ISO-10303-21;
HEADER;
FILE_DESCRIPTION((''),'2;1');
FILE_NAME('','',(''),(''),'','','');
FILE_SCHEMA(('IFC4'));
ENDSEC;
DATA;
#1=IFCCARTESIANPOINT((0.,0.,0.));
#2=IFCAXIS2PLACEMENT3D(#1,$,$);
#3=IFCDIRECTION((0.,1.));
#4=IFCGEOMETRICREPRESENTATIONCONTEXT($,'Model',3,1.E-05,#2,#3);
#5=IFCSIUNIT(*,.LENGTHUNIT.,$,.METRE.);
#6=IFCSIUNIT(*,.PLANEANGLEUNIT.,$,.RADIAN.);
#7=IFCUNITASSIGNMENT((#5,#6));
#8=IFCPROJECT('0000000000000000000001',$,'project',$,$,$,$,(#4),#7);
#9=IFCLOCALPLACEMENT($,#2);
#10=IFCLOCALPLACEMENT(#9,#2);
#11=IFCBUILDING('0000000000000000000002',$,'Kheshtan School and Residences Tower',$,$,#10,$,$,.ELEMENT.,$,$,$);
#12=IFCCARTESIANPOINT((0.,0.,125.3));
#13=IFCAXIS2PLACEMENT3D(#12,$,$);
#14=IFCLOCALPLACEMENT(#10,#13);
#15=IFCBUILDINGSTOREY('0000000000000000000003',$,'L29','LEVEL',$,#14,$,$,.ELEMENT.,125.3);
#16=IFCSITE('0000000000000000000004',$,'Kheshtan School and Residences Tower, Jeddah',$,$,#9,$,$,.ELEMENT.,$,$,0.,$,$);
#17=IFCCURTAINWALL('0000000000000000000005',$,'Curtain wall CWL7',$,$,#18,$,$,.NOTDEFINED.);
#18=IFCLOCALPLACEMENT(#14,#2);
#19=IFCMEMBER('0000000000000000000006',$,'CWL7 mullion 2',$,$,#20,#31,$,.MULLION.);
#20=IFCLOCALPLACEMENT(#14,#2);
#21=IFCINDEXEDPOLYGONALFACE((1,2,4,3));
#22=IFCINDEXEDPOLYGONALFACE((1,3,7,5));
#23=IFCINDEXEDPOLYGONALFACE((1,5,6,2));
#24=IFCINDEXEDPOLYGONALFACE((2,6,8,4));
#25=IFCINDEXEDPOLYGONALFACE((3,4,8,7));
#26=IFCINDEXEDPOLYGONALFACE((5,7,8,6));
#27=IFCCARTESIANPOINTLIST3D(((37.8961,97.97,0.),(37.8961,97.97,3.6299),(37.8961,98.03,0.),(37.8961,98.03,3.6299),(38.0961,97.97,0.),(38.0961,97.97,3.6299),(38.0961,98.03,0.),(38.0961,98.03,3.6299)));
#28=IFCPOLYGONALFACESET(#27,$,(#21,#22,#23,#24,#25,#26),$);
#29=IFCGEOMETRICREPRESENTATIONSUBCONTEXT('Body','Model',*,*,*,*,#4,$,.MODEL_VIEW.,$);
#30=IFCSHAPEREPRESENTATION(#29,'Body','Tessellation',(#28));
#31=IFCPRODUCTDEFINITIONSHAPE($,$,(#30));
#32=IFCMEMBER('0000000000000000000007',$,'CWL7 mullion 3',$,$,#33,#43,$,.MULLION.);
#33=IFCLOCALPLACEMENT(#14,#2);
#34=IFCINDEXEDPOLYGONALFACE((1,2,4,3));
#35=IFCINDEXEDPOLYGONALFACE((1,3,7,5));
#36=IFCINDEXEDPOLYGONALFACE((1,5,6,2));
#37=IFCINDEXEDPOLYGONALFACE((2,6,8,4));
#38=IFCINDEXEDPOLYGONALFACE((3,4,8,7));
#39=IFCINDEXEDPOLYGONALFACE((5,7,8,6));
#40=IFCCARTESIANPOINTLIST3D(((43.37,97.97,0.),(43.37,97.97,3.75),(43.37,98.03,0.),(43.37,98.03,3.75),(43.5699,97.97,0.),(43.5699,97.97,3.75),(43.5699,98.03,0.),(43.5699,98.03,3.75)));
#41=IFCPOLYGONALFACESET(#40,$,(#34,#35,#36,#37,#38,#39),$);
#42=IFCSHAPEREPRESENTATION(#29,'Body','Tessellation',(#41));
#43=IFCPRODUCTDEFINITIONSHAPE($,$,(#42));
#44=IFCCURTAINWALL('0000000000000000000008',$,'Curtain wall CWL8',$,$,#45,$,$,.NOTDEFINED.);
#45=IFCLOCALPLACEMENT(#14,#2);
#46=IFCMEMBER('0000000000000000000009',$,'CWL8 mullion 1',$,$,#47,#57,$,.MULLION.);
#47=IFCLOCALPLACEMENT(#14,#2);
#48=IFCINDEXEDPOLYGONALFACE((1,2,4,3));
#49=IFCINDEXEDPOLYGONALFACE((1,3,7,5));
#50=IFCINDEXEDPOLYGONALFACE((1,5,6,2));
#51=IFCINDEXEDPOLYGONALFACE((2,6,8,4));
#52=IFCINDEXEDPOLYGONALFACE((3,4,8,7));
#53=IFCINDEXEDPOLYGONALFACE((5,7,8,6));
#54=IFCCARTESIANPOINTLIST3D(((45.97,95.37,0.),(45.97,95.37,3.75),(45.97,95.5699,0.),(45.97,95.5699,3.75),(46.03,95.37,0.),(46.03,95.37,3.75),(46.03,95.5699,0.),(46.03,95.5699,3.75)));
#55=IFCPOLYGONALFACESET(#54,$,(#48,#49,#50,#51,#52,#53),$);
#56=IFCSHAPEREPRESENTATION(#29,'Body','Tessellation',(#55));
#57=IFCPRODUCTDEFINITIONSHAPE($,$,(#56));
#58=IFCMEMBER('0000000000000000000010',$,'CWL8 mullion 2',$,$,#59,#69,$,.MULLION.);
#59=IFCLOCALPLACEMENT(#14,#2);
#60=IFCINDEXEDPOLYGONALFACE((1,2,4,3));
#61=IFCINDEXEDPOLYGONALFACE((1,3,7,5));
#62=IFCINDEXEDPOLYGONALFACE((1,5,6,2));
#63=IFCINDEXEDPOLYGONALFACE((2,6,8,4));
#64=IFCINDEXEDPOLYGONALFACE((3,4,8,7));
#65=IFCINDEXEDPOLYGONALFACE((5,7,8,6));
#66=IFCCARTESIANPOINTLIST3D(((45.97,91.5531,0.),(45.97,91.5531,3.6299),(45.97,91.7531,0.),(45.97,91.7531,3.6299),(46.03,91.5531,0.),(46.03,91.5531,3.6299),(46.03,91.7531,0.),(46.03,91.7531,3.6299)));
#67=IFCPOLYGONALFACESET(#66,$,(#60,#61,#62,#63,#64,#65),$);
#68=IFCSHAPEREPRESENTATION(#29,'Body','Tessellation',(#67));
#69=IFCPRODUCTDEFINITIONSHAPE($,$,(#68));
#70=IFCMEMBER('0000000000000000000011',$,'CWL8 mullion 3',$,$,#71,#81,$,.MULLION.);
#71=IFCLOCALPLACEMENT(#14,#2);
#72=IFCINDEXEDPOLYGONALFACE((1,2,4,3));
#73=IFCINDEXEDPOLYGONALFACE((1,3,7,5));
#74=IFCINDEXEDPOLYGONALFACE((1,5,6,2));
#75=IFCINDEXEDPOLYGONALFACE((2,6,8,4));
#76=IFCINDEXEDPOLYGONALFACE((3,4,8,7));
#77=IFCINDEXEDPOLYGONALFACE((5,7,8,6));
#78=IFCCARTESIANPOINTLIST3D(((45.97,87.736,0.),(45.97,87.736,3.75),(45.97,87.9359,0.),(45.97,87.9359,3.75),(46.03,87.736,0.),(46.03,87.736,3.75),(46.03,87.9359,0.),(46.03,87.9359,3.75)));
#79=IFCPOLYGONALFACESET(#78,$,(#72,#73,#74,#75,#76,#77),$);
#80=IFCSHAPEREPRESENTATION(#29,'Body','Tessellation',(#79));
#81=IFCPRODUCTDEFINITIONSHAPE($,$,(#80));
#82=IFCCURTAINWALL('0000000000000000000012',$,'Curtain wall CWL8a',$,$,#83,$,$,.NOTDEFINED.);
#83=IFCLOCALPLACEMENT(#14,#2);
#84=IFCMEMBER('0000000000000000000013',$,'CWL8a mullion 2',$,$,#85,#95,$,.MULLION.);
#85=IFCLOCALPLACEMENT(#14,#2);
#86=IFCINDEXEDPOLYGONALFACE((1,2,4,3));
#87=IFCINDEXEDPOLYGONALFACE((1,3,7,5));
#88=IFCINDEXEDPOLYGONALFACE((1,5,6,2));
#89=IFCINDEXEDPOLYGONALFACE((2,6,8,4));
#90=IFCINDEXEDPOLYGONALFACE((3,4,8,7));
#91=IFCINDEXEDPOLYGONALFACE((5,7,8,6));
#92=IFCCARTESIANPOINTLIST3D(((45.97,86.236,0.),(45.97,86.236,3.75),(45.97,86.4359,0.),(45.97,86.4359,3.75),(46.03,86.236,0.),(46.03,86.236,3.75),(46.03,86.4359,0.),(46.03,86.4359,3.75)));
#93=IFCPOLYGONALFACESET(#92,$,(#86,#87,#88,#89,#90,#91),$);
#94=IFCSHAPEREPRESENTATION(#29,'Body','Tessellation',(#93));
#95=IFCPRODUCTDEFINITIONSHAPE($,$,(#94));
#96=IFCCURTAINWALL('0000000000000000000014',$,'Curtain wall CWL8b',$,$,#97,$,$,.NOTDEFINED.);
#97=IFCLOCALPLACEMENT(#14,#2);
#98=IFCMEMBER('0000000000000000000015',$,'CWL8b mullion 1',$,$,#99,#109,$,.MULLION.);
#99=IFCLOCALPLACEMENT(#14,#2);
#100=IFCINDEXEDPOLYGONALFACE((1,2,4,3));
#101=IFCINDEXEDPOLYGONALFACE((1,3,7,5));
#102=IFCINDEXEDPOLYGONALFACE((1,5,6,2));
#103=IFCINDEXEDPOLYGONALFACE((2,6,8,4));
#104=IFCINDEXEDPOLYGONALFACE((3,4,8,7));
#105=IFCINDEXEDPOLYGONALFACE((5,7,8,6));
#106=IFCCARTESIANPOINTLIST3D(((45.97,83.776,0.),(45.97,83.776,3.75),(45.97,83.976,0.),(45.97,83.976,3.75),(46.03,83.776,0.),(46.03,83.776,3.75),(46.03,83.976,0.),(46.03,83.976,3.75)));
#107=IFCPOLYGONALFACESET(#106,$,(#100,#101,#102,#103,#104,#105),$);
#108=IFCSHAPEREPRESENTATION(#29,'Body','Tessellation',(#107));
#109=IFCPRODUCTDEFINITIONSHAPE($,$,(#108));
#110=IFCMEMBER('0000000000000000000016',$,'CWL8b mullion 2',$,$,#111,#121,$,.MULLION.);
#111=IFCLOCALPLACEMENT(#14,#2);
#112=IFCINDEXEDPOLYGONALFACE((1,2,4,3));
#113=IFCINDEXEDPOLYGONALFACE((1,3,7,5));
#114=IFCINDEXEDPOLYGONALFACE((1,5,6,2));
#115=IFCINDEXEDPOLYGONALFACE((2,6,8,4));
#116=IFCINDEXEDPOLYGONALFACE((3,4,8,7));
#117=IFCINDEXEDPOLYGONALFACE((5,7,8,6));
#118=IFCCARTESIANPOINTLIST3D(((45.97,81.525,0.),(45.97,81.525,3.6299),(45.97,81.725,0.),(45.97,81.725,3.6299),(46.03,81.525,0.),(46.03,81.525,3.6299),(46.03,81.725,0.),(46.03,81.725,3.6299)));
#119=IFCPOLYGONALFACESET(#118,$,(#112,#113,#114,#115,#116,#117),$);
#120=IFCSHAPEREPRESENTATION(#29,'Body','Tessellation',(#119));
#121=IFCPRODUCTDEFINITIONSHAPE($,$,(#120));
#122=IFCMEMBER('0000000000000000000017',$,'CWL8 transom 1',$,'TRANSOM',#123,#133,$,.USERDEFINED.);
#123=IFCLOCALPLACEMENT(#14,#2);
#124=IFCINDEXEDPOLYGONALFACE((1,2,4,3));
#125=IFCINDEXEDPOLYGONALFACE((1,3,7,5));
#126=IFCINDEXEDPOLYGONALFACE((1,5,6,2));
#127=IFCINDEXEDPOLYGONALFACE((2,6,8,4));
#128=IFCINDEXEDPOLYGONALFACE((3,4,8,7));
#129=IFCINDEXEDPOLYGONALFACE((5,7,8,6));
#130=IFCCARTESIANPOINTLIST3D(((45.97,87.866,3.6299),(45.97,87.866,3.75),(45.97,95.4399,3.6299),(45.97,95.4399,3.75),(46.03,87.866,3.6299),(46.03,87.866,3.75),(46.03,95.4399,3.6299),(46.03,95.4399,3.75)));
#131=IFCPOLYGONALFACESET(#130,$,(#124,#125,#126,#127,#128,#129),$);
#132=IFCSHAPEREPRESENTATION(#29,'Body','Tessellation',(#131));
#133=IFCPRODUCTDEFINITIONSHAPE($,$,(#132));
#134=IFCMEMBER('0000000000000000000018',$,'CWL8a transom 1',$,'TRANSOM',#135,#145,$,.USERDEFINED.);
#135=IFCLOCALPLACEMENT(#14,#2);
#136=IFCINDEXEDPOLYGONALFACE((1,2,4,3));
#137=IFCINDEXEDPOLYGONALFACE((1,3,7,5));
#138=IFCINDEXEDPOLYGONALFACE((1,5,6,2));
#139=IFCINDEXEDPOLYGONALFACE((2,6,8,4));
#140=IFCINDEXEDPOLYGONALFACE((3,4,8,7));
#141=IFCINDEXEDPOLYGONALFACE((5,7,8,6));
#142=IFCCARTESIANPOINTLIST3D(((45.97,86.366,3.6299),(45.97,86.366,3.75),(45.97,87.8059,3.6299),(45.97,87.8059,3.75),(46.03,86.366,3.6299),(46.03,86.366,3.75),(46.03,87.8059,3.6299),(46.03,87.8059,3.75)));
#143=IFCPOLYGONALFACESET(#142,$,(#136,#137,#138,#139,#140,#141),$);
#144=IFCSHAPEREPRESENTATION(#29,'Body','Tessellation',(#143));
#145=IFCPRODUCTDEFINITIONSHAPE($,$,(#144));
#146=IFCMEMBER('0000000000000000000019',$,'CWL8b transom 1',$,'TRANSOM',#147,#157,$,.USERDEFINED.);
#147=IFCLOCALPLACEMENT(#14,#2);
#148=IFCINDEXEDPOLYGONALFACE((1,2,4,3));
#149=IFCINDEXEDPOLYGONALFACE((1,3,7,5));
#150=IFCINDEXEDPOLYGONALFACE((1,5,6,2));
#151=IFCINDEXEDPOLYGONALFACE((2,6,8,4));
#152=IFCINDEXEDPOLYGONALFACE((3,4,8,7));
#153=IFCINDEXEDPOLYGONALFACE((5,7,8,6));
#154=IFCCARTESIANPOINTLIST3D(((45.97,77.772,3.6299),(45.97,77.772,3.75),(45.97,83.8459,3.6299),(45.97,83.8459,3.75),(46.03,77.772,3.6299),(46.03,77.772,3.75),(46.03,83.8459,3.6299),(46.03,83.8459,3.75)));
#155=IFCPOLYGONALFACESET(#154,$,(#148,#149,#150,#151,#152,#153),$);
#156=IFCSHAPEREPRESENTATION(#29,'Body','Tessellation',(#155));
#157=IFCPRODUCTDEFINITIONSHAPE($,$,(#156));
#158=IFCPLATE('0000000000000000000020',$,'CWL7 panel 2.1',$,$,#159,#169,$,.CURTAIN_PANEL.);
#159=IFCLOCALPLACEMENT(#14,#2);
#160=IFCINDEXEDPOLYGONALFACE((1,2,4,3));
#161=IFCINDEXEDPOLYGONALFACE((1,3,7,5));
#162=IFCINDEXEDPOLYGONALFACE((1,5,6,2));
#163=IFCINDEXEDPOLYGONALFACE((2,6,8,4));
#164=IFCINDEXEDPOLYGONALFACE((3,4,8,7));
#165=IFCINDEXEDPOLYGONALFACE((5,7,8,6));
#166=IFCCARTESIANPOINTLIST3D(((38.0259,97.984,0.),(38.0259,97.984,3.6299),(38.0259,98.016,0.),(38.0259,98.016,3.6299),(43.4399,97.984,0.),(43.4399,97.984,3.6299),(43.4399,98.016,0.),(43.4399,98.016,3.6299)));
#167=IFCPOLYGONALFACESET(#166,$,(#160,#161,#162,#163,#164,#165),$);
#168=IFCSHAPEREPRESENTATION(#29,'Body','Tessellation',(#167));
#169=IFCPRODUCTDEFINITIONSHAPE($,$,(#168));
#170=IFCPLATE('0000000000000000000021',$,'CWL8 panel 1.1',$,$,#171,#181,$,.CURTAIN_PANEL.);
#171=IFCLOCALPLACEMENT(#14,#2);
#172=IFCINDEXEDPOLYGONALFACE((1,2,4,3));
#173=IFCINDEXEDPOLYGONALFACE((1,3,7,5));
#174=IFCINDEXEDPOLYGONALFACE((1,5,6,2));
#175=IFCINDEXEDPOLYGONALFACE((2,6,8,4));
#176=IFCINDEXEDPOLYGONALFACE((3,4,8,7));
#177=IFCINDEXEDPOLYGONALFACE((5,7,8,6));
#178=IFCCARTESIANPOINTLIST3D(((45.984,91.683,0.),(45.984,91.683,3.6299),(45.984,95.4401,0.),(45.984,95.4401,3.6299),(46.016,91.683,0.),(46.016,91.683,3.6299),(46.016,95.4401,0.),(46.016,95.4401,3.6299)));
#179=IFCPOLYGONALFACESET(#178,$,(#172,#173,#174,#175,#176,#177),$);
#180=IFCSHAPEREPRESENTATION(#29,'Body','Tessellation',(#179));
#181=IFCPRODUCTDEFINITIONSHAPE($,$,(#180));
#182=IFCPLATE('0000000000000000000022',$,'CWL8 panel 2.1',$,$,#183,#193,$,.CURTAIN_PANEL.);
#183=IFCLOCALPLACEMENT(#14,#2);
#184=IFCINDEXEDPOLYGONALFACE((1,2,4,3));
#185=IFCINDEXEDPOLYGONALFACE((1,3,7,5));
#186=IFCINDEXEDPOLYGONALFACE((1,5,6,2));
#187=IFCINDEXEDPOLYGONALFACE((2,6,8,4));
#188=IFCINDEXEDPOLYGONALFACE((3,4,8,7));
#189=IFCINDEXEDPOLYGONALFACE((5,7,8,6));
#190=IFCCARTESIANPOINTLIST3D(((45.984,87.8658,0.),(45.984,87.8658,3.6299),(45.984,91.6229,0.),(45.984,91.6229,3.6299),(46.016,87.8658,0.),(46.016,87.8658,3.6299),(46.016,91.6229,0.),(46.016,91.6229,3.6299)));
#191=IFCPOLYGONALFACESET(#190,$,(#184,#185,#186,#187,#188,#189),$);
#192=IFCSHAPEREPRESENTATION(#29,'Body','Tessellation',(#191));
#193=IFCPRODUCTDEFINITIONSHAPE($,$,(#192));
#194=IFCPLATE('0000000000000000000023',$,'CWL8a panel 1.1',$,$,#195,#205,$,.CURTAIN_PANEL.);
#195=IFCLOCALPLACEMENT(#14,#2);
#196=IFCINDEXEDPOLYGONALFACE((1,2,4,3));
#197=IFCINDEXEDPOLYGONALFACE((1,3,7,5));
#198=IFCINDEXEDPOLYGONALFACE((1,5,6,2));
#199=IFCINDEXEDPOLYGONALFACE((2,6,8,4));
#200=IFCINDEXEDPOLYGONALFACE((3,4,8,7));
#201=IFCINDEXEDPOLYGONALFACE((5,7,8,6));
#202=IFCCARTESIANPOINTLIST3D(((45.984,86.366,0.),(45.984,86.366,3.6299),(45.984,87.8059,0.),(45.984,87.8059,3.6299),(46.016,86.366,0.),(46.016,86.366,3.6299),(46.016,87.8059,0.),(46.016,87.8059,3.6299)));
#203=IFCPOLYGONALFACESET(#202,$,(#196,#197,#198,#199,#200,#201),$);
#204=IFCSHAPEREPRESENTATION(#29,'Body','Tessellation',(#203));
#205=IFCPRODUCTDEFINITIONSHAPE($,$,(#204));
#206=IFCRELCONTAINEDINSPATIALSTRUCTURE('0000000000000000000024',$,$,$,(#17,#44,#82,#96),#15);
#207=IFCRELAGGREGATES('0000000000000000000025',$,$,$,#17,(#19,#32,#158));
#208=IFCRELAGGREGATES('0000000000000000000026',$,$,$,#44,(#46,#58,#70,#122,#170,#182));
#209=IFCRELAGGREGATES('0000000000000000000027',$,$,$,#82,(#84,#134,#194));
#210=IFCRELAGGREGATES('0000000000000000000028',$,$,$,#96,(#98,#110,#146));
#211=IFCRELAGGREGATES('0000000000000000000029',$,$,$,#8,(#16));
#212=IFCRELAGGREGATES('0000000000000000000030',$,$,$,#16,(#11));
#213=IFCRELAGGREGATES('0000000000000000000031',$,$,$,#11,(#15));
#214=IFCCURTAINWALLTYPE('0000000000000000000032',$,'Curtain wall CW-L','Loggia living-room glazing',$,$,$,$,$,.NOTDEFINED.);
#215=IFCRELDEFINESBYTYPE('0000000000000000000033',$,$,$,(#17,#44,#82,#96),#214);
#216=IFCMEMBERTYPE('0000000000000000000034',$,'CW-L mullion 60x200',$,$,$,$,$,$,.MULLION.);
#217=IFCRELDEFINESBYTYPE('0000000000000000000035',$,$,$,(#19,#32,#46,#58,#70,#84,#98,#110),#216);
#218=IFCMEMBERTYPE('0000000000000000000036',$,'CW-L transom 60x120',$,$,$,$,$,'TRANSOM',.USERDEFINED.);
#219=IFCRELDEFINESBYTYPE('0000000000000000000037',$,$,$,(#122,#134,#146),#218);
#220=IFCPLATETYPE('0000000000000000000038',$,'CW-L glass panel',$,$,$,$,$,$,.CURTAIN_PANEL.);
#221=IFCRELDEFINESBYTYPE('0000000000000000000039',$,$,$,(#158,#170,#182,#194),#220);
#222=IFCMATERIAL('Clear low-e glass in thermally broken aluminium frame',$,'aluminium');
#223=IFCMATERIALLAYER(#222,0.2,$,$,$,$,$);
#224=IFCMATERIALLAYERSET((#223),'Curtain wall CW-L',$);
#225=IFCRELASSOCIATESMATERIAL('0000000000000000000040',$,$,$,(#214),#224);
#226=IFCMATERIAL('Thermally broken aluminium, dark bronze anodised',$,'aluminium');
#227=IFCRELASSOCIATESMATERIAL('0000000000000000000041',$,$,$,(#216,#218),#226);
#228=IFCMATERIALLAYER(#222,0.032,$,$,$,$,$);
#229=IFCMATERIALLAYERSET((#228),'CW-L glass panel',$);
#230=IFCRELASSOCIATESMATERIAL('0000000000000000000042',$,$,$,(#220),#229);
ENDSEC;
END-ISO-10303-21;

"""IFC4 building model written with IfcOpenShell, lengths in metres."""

from ifc_helpers import new_model, si_unit, direction, frame, origin, origin_2d, place, context, subcontext, project, spatial, rectangle, extrude, material, layer, layer_set, material_profile, profile_set, type_object, element, aggregate, save


model = new_model("IFC4")

# Units and contexts
model_context = context("Model", 3, precision=1e-05, world=origin(), true_north=direction((0.0, 1.0)))
body_context = subcontext(model_context, "Body", "Model", "MODEL_VIEW")
ifc_project = project(units=[si_unit("LENGTHUNIT", "METRE"), si_unit("PLANEANGLEUNIT", "RADIAN")], contexts=[model_context])

# Site, building, storey
site_placement = place(None, origin())
site = spatial("IfcSite", under=ifc_project, at=site_placement, Name="Kheshtan School and Residences Tower, Jeddah", CompositionType="ELEMENT", RefElevation=0.0)
building_placement = place(site_placement, origin())
building = spatial("IfcBuilding", under=site, at=building_placement, Name="Kheshtan School and Residences Tower", CompositionType="ELEMENT")
storey_placement = place(building_placement, frame((0.0, 0.0, 125.3)))
storey = spatial("IfcBuildingStorey", under=building, at=storey_placement, Name="L29", Description="LEVEL", CompositionType="ELEMENT", Elevation=125.3)

# Curtain walls, members
ifc_material_1 = material(Name="Clear low-e glass in thermally broken aluminium frame", Category="aluminium")
ifc_layer_1 = layer(ifc_material_1, 0.2)
ifc_layer_set_1 = layer_set([ifc_layer_1], Name="Curtain wall CW-L")
curtain_wall_type = type_object("IfcCurtainWallType", Name="Curtain wall CW-L", Description="Loggia living-room glazing", PredefinedType="NOTDEFINED", material=ifc_layer_set_1)
curtain_wall_1_placement = place(storey_placement, origin())
curtain_wall_1 = element("IfcCurtainWall", 1, at=curtain_wall_1_placement, inside=storey, type_object=curtain_wall_type, Name="Curtain wall CWL7", PredefinedType="NOTDEFINED")
ifc_material_2 = material(Name="Thermally broken aluminium, dark bronze anodised", Category="aluminium")
ifc_material_profile_1 = material_profile(ifc_material_2, rectangle(XDim=0.0601, YDim=0.2, at=origin_2d()), Name="CW-L mullion 60x200")
ifc_profile_set_1 = profile_set([ifc_material_profile_1], Name="Thermally broken aluminium, dark bronze anodised")
member_type_1 = type_object("IfcMemberType", Name="CW-L mullion 60x200", PredefinedType="MULLION", material=ifc_profile_set_1)
member_1_placement = place(storey_placement, frame((37.9961, 98.0, 0.0), z_axis=(0.0, 0.0, 1.0), x_axis=(0.0, 1.0, 0.0)))
member_1 = element("IfcMember", 2, at=member_1_placement, type_object=member_type_1, Name="CWL7 mullion 2", PredefinedType="MULLION", context=body_context, shape_type="SweptSolid", body=[
    extrude(rectangle(XDim=0.0601, YDim=0.2, at=origin_2d()), origin(), (0.0, 0.0, 1.0), 3.6299),
])
member_2_placement = place(storey_placement, frame((43.47, 98.0, 0.0), z_axis=(0.0, 0.0, 1.0), x_axis=(0.0, 1.0, 0.0)))
member_2 = element("IfcMember", 3, at=member_2_placement, type_object=member_type_1, Name="CWL7 mullion 3", PredefinedType="MULLION", context=body_context, shape_type="SweptSolid", body=[
    extrude(rectangle(XDim=0.0601, YDim=0.2, at=origin_2d()), origin(), (0.0, 0.0, 1.0), 3.75),
])
curtain_wall_2_placement = place(storey_placement, origin())
curtain_wall_2 = element("IfcCurtainWall", 4, at=curtain_wall_2_placement, inside=storey, type_object=curtain_wall_type, Name="Curtain wall CWL8", PredefinedType="NOTDEFINED")
member_3_placement = place(storey_placement, frame((46.0, 95.47, 0.0), z_axis=(0.0, 0.0, 1.0), x_axis=(1.0, 0.0, 0.0)))
member_3 = element("IfcMember", 5, at=member_3_placement, type_object=member_type_1, Name="CWL8 mullion 1", PredefinedType="MULLION", context=body_context, shape_type="SweptSolid", body=[
    extrude(rectangle(XDim=0.0601, YDim=0.2, at=origin_2d()), origin(), (0.0, 0.0, 1.0), 3.75),
])
member_4_placement = place(storey_placement, frame((46.0, 91.6531, 0.0), z_axis=(0.0, 0.0, 1.0), x_axis=(1.0, 0.0, 0.0)))
member_4 = element("IfcMember", 6, at=member_4_placement, type_object=member_type_1, Name="CWL8 mullion 2", PredefinedType="MULLION", context=body_context, shape_type="SweptSolid", body=[
    extrude(rectangle(XDim=0.0601, YDim=0.2, at=origin_2d()), origin(), (0.0, 0.0, 1.0), 3.6299),
])
member_5_placement = place(storey_placement, frame((46.0, 87.8359, 0.0), z_axis=(0.0, 0.0, 1.0), x_axis=(1.0, 0.0, 0.0)))
member_5 = element("IfcMember", 7, at=member_5_placement, type_object=member_type_1, Name="CWL8 mullion 3", PredefinedType="MULLION", context=body_context, shape_type="SweptSolid", body=[
    extrude(rectangle(XDim=0.0601, YDim=0.2, at=origin_2d()), origin(), (0.0, 0.0, 1.0), 3.75),
])

# Curtain wall, member
curtain_wall_3_placement = place(storey_placement, origin())
curtain_wall_3 = element("IfcCurtainWall", 8, at=curtain_wall_3_placement, inside=storey, type_object=curtain_wall_type, Name="Curtain wall CWL8a", PredefinedType="NOTDEFINED")
member_6_placement = place(storey_placement, frame((46.0, 86.3359, 0.0), z_axis=(0.0, 0.0, 1.0), x_axis=(1.0, 0.0, 0.0)))
member_6 = element("IfcMember", 9, at=member_6_placement, type_object=member_type_1, Name="CWL8a mullion 2", PredefinedType="MULLION", context=body_context, shape_type="SweptSolid", body=[
    extrude(rectangle(XDim=0.0601, YDim=0.2, at=origin_2d()), origin(), (0.0, 0.0, 1.0), 3.75),
])

# Curtain wall, members
curtain_wall_4_placement = place(storey_placement, origin())
curtain_wall_4 = element("IfcCurtainWall", 10, at=curtain_wall_4_placement, inside=storey, type_object=curtain_wall_type, Name="Curtain wall CWL8b", PredefinedType="NOTDEFINED")
member_7_placement = place(storey_placement, frame((46.0, 83.876, 0.0), z_axis=(0.0, 0.0, 1.0), x_axis=(1.0, 0.0, 0.0)))
member_7 = element("IfcMember", 11, at=member_7_placement, type_object=member_type_1, Name="CWL8b mullion 1", PredefinedType="MULLION", context=body_context, shape_type="SweptSolid", body=[
    extrude(rectangle(XDim=0.0601, YDim=0.2, at=origin_2d()), origin(), (0.0, 0.0, 1.0), 3.75),
])
member_8_placement = place(storey_placement, frame((46.0, 81.625, 0.0), z_axis=(0.0, 0.0, 1.0), x_axis=(1.0, 0.0, 0.0)))
member_8 = element("IfcMember", 12, at=member_8_placement, type_object=member_type_1, Name="CWL8b mullion 2", PredefinedType="MULLION", context=body_context, shape_type="SweptSolid", body=[
    extrude(rectangle(XDim=0.0601, YDim=0.2, at=origin_2d()), origin(), (0.0, 0.0, 1.0), 3.6299),
])

# Members
ifc_material_profile_2 = material_profile(ifc_material_2, rectangle(XDim=0.0601, YDim=0.1201, at=origin_2d()), Name="CW-L transom 60x120")
ifc_profile_set_2 = profile_set([ifc_material_profile_2], Name="Thermally broken aluminium, dark bronze anodised")
member_type_2 = type_object("IfcMemberType", Name="CW-L transom 60x120", ElementType="TRANSOM", PredefinedType="USERDEFINED", material=ifc_profile_set_2)
member_9_placement = place(storey_placement, frame((46.0, 95.4399, 3.6899), z_axis=(0.0, -1.0, 0.0), x_axis=(1.0, 0.0, 0.0)))
member_9 = element("IfcMember", 13, at=member_9_placement, type_object=member_type_2, Name="CWL8 transom 1", ObjectType="TRANSOM", PredefinedType="USERDEFINED", context=body_context, shape_type="SweptSolid", body=[
    extrude(rectangle(XDim=0.0601, YDim=0.1201, at=origin_2d()), origin(), (0.0, 0.0, 1.0), 7.574),
])
member_10_placement = place(storey_placement, frame((46.0, 87.8059, 3.6899), z_axis=(0.0, -1.0, 0.0), x_axis=(1.0, 0.0, 0.0)))
member_10 = element("IfcMember", 14, at=member_10_placement, type_object=member_type_2, Name="CWL8a transom 1", ObjectType="TRANSOM", PredefinedType="USERDEFINED", context=body_context, shape_type="SweptSolid", body=[
    extrude(rectangle(XDim=0.0601, YDim=0.1201, at=origin_2d()), origin(), (0.0, 0.0, 1.0), 1.4399),
])
member_11_placement = place(storey_placement, frame((46.0, 83.8459, 3.6899), z_axis=(0.0, -1.0, 0.0), x_axis=(1.0, 0.0, 0.0)))
member_11 = element("IfcMember", 15, at=member_11_placement, type_object=member_type_2, Name="CWL8b transom 1", ObjectType="TRANSOM", PredefinedType="USERDEFINED", context=body_context, shape_type="SweptSolid", body=[
    extrude(rectangle(XDim=0.0601, YDim=0.1201, at=origin_2d()), origin(), (0.0, 0.0, 1.0), 6.074),
])

# Plates
ifc_layer_2 = layer(ifc_material_1, 0.032)
ifc_layer_set_2 = layer_set([ifc_layer_2], Name="CW-L glass panel")
plate_type = type_object("IfcPlateType", Name="CW-L glass panel", PredefinedType="CURTAIN_PANEL", material=ifc_layer_set_2)
plate_1_placement = place(storey_placement, frame((40.7329, 98.0, 0.0), z_axis=(0.0, 0.0, 1.0), x_axis=(1.0, 0.0, 0.0)))
plate_1 = element("IfcPlate", 16, at=plate_1_placement, type_object=plate_type, Name="CWL7 panel 2.1", PredefinedType="CURTAIN_PANEL", context=body_context, shape_type="SweptSolid", body=[
    extrude(rectangle(XDim=5.4141, YDim=0.032, at=origin_2d()), origin(), (0.0, 0.0, 1.0), 3.6299),
])
aggregate(curtain_wall_1, [member_1, member_2, plate_1])
plate_2_placement = place(storey_placement, frame((46.0, 93.5615, 0.0), z_axis=(0.0, 0.0, 1.0), x_axis=(0.0, -1.0, 0.0)))
plate_2 = element("IfcPlate", 17, at=plate_2_placement, type_object=plate_type, Name="CWL8 panel 1.1", PredefinedType="CURTAIN_PANEL", context=body_context, shape_type="SweptSolid", body=[
    extrude(rectangle(XDim=3.7571, YDim=0.032, at=origin_2d()), origin(), (0.0, 0.0, 1.0), 3.6299),
])
plate_3_placement = place(storey_placement, frame((46.0, 89.7444, 0.0), z_axis=(0.0, 0.0, 1.0), x_axis=(0.0, -1.0, 0.0)))
plate_3 = element("IfcPlate", 18, at=plate_3_placement, type_object=plate_type, Name="CWL8 panel 2.1", PredefinedType="CURTAIN_PANEL", context=body_context, shape_type="SweptSolid", body=[
    extrude(rectangle(XDim=3.7571, YDim=0.032, at=origin_2d()), origin(), (0.0, 0.0, 1.0), 3.6299),
])
aggregate(curtain_wall_2, [member_3, member_4, member_5, member_9, plate_2, plate_3])
plate_4_placement = place(storey_placement, frame((46.0, 87.0859, 0.0), z_axis=(0.0, 0.0, 1.0), x_axis=(0.0, -1.0, 0.0)))
plate_4 = element("IfcPlate", 19, at=plate_4_placement, type_object=plate_type, Name="CWL8a panel 1.1", PredefinedType="CURTAIN_PANEL", context=body_context, shape_type="SweptSolid", body=[
    extrude(rectangle(XDim=1.4399, YDim=0.032, at=origin_2d()), origin(), (0.0, 0.0, 1.0), 3.6299),
])
aggregate(curtain_wall_3, [member_6, member_10, plate_4])
aggregate(curtain_wall_4, [member_7, member_8, member_11])

save(model, "model.ifc")
